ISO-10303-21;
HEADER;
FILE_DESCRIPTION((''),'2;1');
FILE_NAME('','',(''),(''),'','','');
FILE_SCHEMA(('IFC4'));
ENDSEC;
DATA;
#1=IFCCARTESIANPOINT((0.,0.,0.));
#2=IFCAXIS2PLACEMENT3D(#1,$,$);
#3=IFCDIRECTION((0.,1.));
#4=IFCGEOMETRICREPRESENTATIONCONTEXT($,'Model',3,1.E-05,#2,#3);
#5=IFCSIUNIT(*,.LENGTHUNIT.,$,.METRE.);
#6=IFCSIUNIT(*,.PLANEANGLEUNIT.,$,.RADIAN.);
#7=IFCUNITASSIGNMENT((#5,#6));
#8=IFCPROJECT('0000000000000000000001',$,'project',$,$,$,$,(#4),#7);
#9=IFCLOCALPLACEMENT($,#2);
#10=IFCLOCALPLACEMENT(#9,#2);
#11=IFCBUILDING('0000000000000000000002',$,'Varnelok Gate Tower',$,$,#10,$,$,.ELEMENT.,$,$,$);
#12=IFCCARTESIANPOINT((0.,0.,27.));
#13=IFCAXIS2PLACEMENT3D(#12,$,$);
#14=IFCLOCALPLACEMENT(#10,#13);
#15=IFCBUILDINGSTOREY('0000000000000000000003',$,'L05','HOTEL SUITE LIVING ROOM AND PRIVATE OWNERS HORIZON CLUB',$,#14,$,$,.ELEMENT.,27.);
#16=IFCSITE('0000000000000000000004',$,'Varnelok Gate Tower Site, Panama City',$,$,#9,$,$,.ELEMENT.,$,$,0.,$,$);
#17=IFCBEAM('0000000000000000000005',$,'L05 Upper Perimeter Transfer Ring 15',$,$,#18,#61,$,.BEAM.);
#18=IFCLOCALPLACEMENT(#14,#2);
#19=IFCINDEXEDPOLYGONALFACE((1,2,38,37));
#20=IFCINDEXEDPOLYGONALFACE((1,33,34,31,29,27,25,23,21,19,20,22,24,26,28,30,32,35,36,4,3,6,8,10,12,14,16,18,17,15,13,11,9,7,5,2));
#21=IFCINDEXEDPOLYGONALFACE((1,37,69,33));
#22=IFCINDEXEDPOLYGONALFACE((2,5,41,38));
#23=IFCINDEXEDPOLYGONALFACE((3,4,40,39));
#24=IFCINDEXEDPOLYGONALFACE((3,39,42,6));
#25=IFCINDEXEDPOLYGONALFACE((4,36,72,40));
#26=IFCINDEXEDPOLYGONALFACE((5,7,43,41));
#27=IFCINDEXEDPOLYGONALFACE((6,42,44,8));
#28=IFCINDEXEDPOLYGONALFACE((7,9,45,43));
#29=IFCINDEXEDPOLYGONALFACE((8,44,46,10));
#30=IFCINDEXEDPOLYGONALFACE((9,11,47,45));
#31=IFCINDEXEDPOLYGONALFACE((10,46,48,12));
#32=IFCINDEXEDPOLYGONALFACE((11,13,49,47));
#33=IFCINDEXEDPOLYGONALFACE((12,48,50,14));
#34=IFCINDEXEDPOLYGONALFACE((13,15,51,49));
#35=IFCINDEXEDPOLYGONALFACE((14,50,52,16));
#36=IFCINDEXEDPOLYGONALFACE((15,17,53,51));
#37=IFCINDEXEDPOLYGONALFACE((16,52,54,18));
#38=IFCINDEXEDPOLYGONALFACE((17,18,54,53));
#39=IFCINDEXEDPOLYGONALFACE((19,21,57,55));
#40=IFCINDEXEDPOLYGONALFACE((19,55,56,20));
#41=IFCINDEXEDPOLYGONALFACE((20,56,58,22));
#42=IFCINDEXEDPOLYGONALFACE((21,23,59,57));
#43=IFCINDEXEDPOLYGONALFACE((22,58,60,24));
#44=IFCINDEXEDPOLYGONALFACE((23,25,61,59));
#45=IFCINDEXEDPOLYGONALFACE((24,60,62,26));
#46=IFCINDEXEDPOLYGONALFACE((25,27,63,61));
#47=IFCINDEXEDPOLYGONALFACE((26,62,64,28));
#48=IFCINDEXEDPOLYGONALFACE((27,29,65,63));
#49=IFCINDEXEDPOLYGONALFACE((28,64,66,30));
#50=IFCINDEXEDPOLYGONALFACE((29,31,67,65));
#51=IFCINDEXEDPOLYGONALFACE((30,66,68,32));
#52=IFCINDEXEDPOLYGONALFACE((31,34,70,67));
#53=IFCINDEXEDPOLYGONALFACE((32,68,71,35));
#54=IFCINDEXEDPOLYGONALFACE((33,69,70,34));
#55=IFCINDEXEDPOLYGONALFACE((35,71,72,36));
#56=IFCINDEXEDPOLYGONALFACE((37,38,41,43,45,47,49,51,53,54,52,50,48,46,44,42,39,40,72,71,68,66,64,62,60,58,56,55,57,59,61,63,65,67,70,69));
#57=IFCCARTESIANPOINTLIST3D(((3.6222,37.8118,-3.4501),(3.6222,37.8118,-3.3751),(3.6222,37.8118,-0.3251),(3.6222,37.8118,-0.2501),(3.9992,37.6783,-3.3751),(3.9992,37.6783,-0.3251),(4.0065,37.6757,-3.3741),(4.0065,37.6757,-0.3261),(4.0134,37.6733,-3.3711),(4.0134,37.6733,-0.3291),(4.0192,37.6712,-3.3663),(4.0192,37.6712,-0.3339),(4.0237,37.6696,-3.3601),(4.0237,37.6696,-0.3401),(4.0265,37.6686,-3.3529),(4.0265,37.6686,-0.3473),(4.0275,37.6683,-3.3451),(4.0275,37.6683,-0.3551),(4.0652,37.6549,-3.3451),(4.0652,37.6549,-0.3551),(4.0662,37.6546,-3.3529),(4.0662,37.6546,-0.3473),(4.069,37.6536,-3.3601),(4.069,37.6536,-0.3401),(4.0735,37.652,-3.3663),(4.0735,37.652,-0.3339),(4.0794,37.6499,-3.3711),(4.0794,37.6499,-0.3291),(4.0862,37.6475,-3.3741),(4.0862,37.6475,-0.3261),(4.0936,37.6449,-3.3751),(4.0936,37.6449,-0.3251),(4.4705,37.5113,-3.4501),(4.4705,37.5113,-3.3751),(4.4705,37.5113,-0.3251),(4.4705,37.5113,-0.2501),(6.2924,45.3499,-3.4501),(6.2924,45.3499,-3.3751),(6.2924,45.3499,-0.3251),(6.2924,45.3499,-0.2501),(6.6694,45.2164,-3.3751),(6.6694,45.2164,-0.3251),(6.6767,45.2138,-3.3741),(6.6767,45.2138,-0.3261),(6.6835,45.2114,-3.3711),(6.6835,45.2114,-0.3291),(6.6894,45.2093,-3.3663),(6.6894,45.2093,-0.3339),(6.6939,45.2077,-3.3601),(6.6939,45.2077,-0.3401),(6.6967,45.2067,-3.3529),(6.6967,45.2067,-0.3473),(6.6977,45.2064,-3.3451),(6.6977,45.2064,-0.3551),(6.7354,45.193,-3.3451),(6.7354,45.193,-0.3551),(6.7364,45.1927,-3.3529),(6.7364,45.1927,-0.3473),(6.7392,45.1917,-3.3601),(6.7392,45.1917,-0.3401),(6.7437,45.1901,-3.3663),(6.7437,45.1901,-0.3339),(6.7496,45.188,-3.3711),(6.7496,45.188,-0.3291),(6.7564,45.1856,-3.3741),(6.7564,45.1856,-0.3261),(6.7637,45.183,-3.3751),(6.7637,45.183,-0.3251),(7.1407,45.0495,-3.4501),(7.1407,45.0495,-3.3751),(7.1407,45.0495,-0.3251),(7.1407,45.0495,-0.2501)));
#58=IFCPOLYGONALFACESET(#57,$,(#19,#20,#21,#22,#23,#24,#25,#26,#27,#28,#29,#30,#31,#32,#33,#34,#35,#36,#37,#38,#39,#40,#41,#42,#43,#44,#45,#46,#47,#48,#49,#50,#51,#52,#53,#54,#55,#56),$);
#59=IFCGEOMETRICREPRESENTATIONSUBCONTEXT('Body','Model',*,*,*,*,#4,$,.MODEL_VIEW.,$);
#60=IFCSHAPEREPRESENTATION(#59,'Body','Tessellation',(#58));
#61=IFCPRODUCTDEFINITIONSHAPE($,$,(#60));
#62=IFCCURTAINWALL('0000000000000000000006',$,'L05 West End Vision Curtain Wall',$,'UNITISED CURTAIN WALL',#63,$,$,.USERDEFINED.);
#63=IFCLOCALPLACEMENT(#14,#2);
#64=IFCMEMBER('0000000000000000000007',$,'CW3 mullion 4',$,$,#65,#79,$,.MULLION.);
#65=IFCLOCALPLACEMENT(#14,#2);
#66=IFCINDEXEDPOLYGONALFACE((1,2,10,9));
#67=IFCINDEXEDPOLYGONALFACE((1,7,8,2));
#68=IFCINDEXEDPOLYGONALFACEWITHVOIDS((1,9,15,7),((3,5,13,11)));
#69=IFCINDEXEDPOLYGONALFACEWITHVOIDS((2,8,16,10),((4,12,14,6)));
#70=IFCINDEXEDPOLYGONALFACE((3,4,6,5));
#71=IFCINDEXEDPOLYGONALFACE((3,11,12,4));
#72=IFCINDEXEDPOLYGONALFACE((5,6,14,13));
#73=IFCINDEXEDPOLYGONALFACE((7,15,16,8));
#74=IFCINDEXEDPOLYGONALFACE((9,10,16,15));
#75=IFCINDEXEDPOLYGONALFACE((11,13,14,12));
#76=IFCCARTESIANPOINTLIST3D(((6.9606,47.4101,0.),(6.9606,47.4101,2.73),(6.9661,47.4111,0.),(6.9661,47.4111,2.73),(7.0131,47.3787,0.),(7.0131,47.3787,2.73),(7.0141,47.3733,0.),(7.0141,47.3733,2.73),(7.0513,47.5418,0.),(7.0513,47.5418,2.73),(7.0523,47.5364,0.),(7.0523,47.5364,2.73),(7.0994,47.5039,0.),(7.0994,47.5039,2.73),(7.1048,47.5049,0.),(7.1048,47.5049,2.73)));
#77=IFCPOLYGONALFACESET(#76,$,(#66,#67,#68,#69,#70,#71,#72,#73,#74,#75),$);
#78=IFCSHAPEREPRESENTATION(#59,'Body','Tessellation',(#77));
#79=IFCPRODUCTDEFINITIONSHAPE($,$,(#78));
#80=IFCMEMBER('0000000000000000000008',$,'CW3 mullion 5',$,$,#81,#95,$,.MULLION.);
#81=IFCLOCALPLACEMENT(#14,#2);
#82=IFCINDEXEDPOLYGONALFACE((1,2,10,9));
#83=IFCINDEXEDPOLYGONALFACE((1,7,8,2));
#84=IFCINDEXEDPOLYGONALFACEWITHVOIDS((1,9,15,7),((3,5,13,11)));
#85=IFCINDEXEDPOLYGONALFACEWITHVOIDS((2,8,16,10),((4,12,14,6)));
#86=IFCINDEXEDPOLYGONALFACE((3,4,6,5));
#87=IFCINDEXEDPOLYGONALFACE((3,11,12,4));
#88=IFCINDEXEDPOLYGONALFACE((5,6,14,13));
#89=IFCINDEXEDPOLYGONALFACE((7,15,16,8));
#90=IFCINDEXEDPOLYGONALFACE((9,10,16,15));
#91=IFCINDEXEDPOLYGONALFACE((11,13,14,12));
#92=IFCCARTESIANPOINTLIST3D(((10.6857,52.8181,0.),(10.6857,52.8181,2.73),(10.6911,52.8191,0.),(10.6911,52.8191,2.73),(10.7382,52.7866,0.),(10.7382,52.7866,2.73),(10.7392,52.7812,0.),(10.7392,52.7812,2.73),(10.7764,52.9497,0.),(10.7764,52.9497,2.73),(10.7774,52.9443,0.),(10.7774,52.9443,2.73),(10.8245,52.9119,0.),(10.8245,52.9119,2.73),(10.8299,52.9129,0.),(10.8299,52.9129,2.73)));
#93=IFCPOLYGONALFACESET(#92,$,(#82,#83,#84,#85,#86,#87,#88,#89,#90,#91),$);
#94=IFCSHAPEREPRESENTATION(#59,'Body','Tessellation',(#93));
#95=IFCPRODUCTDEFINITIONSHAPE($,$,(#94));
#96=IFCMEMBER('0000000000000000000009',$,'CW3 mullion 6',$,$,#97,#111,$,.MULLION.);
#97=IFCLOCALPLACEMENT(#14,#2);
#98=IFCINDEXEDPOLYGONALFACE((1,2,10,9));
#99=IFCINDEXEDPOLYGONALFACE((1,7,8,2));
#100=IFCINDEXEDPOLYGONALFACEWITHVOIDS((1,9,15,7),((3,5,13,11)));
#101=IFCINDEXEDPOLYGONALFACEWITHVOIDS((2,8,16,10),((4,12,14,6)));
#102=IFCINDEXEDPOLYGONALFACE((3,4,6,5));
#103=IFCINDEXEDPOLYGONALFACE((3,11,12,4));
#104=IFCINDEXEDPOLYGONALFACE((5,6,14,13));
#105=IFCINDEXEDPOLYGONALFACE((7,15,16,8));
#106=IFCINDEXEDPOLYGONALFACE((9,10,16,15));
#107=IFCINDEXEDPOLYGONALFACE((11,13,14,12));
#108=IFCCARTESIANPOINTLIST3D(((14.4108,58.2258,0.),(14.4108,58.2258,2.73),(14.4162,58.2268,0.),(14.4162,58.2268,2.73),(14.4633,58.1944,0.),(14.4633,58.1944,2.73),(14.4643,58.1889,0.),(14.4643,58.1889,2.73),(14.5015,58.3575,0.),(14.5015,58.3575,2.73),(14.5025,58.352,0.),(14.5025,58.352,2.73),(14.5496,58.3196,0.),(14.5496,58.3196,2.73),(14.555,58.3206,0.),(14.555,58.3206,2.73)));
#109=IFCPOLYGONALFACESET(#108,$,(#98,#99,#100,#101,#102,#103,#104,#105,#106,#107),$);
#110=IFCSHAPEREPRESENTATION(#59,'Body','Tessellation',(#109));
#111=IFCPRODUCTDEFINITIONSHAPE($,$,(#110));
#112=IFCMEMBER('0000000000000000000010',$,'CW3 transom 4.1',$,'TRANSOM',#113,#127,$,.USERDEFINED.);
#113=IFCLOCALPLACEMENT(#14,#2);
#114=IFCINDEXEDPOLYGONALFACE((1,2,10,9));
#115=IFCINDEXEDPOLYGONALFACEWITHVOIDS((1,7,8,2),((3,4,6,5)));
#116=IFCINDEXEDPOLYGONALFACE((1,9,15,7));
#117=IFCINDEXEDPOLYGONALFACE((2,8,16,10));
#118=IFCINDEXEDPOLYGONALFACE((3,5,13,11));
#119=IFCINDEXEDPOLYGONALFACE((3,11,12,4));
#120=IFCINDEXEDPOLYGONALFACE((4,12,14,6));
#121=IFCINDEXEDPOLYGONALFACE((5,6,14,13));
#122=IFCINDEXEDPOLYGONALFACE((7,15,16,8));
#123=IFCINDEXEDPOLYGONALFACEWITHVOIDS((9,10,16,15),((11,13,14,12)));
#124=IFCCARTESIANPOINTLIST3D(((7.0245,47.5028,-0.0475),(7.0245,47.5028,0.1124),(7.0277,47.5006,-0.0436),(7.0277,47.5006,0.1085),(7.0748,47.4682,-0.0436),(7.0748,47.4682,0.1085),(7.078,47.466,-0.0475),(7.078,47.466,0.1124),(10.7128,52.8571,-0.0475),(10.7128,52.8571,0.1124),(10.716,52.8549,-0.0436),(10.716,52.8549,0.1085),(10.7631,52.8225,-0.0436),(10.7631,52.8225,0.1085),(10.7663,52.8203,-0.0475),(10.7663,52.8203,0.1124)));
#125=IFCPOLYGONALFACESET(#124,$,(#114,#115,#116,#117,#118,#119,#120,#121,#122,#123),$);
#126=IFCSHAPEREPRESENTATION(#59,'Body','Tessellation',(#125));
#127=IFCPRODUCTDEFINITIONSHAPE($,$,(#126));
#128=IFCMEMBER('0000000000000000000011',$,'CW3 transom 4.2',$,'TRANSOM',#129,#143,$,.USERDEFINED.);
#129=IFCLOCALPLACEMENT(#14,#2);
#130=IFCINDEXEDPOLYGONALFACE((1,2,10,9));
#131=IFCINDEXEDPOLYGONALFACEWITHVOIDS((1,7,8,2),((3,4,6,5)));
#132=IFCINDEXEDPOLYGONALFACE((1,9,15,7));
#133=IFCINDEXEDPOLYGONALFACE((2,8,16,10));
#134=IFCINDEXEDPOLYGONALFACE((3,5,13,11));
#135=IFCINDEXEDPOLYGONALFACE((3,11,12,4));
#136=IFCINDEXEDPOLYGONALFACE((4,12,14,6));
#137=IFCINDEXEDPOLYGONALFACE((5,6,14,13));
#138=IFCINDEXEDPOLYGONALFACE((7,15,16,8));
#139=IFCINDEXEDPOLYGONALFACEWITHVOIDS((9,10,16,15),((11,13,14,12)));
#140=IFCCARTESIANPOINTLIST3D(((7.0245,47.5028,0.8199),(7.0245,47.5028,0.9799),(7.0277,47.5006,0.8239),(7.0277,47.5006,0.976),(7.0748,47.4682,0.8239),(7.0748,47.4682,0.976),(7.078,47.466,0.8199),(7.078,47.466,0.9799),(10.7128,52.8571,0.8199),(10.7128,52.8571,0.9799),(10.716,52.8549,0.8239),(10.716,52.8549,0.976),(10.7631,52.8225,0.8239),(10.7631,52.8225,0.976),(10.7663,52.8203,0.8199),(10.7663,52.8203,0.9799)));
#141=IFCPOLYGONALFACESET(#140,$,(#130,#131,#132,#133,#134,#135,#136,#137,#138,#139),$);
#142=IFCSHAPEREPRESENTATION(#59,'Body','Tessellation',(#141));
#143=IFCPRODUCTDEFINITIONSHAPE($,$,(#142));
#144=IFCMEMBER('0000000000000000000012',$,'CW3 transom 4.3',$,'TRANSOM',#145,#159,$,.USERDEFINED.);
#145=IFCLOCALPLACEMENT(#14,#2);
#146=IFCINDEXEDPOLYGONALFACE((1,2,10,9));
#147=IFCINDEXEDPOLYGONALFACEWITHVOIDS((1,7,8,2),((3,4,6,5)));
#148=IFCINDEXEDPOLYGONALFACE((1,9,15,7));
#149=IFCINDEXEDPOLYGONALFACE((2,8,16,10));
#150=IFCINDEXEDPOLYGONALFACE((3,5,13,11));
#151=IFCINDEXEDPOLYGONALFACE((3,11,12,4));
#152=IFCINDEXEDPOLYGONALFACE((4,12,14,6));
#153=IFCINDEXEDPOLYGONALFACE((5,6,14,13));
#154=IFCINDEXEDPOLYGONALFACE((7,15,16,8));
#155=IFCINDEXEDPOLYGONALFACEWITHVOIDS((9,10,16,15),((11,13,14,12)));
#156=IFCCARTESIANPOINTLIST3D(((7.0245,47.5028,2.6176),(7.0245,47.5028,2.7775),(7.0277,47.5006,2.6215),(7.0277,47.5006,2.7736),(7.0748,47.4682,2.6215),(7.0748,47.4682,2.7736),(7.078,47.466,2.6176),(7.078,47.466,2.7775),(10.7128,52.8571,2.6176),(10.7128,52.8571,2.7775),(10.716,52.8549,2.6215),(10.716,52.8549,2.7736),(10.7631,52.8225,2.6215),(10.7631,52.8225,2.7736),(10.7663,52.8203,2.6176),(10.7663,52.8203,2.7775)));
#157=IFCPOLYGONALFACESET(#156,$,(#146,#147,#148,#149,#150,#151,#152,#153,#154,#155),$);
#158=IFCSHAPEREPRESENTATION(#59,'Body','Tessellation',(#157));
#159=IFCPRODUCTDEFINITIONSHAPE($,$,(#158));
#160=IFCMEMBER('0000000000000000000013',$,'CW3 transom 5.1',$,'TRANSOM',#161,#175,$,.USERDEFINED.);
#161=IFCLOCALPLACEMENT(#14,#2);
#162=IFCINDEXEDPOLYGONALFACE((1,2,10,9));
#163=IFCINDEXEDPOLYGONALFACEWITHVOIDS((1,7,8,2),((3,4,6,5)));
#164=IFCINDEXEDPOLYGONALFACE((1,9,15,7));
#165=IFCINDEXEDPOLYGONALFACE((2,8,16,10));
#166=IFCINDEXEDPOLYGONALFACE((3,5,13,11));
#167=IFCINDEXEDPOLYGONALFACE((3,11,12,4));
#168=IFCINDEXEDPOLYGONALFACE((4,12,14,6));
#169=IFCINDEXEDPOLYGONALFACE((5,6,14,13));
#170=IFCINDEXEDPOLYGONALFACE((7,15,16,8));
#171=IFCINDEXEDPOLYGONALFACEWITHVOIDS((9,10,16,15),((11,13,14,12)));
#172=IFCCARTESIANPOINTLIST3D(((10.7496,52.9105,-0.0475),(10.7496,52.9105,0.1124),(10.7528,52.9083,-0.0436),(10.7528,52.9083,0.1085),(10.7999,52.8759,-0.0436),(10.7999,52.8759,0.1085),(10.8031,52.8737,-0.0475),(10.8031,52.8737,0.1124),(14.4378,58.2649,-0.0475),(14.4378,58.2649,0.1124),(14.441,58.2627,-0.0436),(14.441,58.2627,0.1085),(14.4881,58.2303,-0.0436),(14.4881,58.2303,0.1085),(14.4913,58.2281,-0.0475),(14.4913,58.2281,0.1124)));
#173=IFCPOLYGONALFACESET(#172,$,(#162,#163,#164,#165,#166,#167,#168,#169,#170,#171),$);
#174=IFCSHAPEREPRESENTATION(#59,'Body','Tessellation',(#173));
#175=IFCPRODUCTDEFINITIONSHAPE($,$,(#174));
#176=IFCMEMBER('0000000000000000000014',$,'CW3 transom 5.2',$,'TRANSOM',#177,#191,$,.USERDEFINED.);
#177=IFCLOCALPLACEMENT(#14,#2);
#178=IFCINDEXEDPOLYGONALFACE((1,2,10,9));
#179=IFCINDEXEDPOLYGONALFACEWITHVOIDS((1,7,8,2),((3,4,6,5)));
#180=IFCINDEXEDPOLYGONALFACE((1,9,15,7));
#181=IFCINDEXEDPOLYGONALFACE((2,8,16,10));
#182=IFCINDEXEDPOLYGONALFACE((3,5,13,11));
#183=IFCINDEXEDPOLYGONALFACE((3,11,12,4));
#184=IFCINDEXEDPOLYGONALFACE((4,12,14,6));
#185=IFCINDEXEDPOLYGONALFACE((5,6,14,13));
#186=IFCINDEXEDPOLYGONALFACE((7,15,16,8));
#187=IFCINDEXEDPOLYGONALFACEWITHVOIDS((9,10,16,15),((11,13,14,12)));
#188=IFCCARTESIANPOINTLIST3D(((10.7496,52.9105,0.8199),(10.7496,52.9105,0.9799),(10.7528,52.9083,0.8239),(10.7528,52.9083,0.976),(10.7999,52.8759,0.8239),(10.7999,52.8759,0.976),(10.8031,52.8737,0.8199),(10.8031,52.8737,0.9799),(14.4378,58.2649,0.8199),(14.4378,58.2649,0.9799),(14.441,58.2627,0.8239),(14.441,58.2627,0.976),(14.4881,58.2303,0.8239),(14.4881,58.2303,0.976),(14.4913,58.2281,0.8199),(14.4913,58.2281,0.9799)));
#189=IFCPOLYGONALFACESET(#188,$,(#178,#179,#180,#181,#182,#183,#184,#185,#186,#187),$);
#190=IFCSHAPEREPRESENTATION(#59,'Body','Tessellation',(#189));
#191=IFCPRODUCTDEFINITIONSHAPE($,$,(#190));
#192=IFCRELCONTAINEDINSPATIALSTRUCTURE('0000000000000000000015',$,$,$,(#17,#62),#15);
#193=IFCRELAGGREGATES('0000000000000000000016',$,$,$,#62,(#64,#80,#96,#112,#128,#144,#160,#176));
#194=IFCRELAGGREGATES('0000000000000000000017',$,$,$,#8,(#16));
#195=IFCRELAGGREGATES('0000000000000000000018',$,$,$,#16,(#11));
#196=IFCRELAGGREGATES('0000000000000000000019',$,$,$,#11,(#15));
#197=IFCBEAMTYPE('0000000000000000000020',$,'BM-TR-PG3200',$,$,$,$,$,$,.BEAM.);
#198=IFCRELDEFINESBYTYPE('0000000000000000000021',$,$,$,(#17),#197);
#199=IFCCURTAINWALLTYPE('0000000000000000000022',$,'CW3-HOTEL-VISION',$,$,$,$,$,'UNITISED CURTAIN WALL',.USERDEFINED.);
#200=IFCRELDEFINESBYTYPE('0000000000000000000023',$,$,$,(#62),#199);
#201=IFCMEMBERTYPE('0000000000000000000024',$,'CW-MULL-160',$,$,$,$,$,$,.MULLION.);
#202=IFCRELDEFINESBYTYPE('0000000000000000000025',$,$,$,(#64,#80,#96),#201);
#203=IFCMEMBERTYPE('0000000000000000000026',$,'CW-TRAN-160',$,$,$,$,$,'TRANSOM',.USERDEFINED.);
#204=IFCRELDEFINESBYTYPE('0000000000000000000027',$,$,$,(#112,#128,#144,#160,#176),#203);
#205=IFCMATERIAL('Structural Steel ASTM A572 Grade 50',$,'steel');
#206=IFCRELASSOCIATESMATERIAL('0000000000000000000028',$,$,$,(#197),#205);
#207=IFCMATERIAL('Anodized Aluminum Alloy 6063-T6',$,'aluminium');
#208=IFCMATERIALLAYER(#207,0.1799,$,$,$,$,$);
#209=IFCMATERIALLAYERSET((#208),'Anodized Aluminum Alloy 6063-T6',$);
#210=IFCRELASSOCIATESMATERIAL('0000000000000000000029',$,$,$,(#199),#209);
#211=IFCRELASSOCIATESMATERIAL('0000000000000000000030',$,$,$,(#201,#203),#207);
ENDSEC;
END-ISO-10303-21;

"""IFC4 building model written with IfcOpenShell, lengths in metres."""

from ifc_helpers import new_model, si_unit, direction, frame, origin, origin_2d, place, context, subcontext, project, spatial, hollow_rectangle, i_section, extrude, material, layer, layer_set, material_profile, profile_set, type_object, element, aggregate, save


model = new_model("IFC4")

# Units and contexts
model_context = context("Model", 3, precision=1e-05, world=origin(), true_north=direction((0.0, 1.0)))
body_context = subcontext(model_context, "Body", "Model", "MODEL_VIEW")
ifc_project = project(units=[si_unit("LENGTHUNIT", "METRE"), si_unit("PLANEANGLEUNIT", "RADIAN")], contexts=[model_context])

# Site, building, storey
site_placement = place(None, origin())
site = spatial("IfcSite", under=ifc_project, at=site_placement, Name="Varnelok Gate Tower Site, Panama City", CompositionType="ELEMENT", RefElevation=0.0)
building_placement = place(site_placement, origin())
building = spatial("IfcBuilding", under=site, at=building_placement, Name="Varnelok Gate Tower", CompositionType="ELEMENT")
storey_placement = place(building_placement, frame((0.0, 0.0, 27.0)))
storey = spatial("IfcBuildingStorey", under=building, at=storey_placement, Name="L05", Description="HOTEL SUITE LIVING ROOM AND PRIVATE OWNERS HORIZON CLUB", CompositionType="ELEMENT", Elevation=27.0)

# Beam
ifc_material_1 = material(Name="Structural Steel ASTM A572 Grade 50", Category="steel")
ifc_material_profile_1 = material_profile(ifc_material_1, i_section(OverallWidth=0.8999, OverallDepth=3.2, WebThickness=0.04, FlangeThickness=0.075, FilletRadius=0.03, at=origin_2d()), Name="PG3200X900")
ifc_profile_set_1 = profile_set([ifc_material_profile_1], Name="Structural Steel ASTM A572 Grade 50")
beam_type = type_object("IfcBeamType", Name="BM-TR-PG3200", PredefinedType="BEAM", material=ifc_profile_set_1)
beam_1_placement = place(storey_placement, frame((6.7166, 45.1997, -1.8501), z_axis=(-0.333895, -0.94261, 0.0), x_axis=(0.94261, -0.333895, 0.0)))
element("IfcBeam", 1, at=beam_1_placement, inside=storey, type_object=beam_type, Name="L05 Upper Perimeter Transfer Ring 15", PredefinedType="BEAM", context=body_context, shape_type="SweptSolid", body=[
    extrude(i_section(OverallWidth=0.8999, OverallDepth=3.2, WebThickness=0.04, FlangeThickness=0.075, FilletRadius=0.03, at=origin_2d()), origin(), (0.0, 0.0, 1.0), 7.9971),
])

# Curtain wall, members
ifc_material_2 = material(Name="Anodized Aluminum Alloy 6063-T6", Category="aluminium")
ifc_layer_1 = layer(ifc_material_2, 0.1799)
ifc_layer_set_1 = layer_set([ifc_layer_1], Name="Anodized Aluminum Alloy 6063-T6")
curtain_wall_type = type_object("IfcCurtainWallType", Name="CW3-HOTEL-VISION", ElementType="UNITISED CURTAIN WALL", PredefinedType="USERDEFINED", material=ifc_layer_set_1)
curtain_wall_placement = place(storey_placement, origin())
curtain_wall = element("IfcCurtainWall", 2, at=curtain_wall_placement, inside=storey, type_object=curtain_wall_type, Name="L05 West End Vision Curtain Wall", ObjectType="UNITISED CURTAIN WALL", PredefinedType="USERDEFINED")
ifc_material_profile_2 = material_profile(ifc_material_2, hollow_rectangle(XDim=0.0649, YDim=0.1599, WallThickness=0.0039, at=origin_2d()), Name="ALU160X65X4")
ifc_profile_set_2 = profile_set([ifc_material_profile_2], Name="Anodized Aluminum Alloy 6063-T6")
member_type_1 = type_object("IfcMemberType", Name="CW-MULL-160", PredefinedType="MULLION", material=ifc_profile_set_2)
member_1_placement = place(storey_placement, frame((7.0327, 47.4575, 0.0), z_axis=(0.0, 0.0, 1.0), x_axis=(-0.823533, 0.567269, 0.0)))
member_1 = element("IfcMember", 3, at=member_1_placement, type_object=member_type_1, Name="CW3 mullion 4", PredefinedType="MULLION", context=body_context, shape_type="SweptSolid", body=[
    extrude(hollow_rectangle(XDim=0.0649, YDim=0.1599, WallThickness=0.0039, at=origin_2d()), origin(), (0.0, 0.0, 1.0), 2.73),
])
member_2_placement = place(storey_placement, frame((10.7578, 52.8655, 0.0), z_axis=(0.0, 0.0, 1.0), x_axis=(-0.823533, 0.567269, 0.0)))
member_2 = element("IfcMember", 4, at=member_2_placement, type_object=member_type_1, Name="CW3 mullion 5", PredefinedType="MULLION", context=body_context, shape_type="SweptSolid", body=[
    extrude(hollow_rectangle(XDim=0.0649, YDim=0.1599, WallThickness=0.0039, at=origin_2d()), origin(), (0.0, 0.0, 1.0), 2.73),
])
member_3_placement = place(storey_placement, frame((14.4829, 58.2732, 0.0), z_axis=(0.0, 0.0, 1.0), x_axis=(-0.823533, 0.567269, 0.0)))
member_3 = element("IfcMember", 5, at=member_3_placement, type_object=member_type_1, Name="CW3 mullion 6", PredefinedType="MULLION", context=body_context, shape_type="SweptSolid", body=[
    extrude(hollow_rectangle(XDim=0.0649, YDim=0.1599, WallThickness=0.0039, at=origin_2d()), origin(), (0.0, 0.0, 1.0), 2.73),
])
ifc_material_profile_3 = material_profile(ifc_material_2, hollow_rectangle(XDim=0.0649, YDim=0.1599, WallThickness=0.0039, at=origin_2d()), Name="ALU160X65X4")
ifc_profile_set_3 = profile_set([ifc_material_profile_3], Name="Anodized Aluminum Alloy 6063-T6")
member_type_2 = type_object("IfcMemberType", Name="CW-TRAN-160", ElementType="TRANSOM", PredefinedType="USERDEFINED", material=ifc_profile_set_3)
member_4_placement = place(storey_placement, frame((7.0513, 47.4844, 0.0325), z_axis=(0.567279, 0.823526, 0.0), x_axis=(-0.823526, 0.567279, 0.0)))
member_4 = element("IfcMember", 6, at=member_4_placement, type_object=member_type_2, Name="CW3 transom 4.1", ObjectType="TRANSOM", PredefinedType="USERDEFINED", context=body_context, shape_type="SweptSolid", body=[
    extrude(hollow_rectangle(XDim=0.0649, YDim=0.1599, WallThickness=0.0039, at=origin_2d()), origin(), (0.0, 0.0, 1.0), 6.5017),
])
member_5_placement = place(storey_placement, frame((7.0513, 47.4844, 0.8999), z_axis=(0.567279, 0.823526, 0.0), x_axis=(-0.823526, 0.567279, 0.0)))
member_5 = element("IfcMember", 7, at=member_5_placement, type_object=member_type_2, Name="CW3 transom 4.2", ObjectType="TRANSOM", PredefinedType="USERDEFINED", context=body_context, shape_type="SweptSolid", body=[
    extrude(hollow_rectangle(XDim=0.0649, YDim=0.1599, WallThickness=0.0039, at=origin_2d()), origin(), (0.0, 0.0, 1.0), 6.5017),
])
member_6_placement = place(storey_placement, frame((7.0513, 47.4844, 2.6975), z_axis=(0.567279, 0.823526, 0.0), x_axis=(-0.823526, 0.567279, 0.0)))
member_6 = element("IfcMember", 8, at=member_6_placement, type_object=member_type_2, Name="CW3 transom 4.3", ObjectType="TRANSOM", PredefinedType="USERDEFINED", context=body_context, shape_type="SweptSolid", body=[
    extrude(hollow_rectangle(XDim=0.0649, YDim=0.1599, WallThickness=0.0039, at=origin_2d()), origin(), (0.0, 0.0, 1.0), 6.5017),
])
member_7_placement = place(storey_placement, frame((10.7764, 52.8921, 0.0325), z_axis=(0.567262, 0.823538, 0.0), x_axis=(-0.823538, 0.567262, 0.0)))
member_7 = element("IfcMember", 9, at=member_7_placement, type_object=member_type_2, Name="CW3 transom 5.1", ObjectType="TRANSOM", PredefinedType="USERDEFINED", context=body_context, shape_type="SweptSolid", body=[
    extrude(hollow_rectangle(XDim=0.0649, YDim=0.1599, WallThickness=0.0039, at=origin_2d()), origin(), (0.0, 0.0, 1.0), 6.5017),
])
member_8_placement = place(storey_placement, frame((10.7764, 52.8921, 0.8999), z_axis=(0.567262, 0.823538, 0.0), x_axis=(-0.823538, 0.567262, 0.0)))
member_8 = element("IfcMember", 10, at=member_8_placement, type_object=member_type_2, Name="CW3 transom 5.2", ObjectType="TRANSOM", PredefinedType="USERDEFINED", context=body_context, shape_type="SweptSolid", body=[
    extrude(hollow_rectangle(XDim=0.0649, YDim=0.1599, WallThickness=0.0039, at=origin_2d()), origin(), (0.0, 0.0, 1.0), 6.5017),
])
aggregate(curtain_wall, [member_1, member_2, member_3, member_4, member_5, member_6, member_7, member_8])

save(model, "model.ifc")
